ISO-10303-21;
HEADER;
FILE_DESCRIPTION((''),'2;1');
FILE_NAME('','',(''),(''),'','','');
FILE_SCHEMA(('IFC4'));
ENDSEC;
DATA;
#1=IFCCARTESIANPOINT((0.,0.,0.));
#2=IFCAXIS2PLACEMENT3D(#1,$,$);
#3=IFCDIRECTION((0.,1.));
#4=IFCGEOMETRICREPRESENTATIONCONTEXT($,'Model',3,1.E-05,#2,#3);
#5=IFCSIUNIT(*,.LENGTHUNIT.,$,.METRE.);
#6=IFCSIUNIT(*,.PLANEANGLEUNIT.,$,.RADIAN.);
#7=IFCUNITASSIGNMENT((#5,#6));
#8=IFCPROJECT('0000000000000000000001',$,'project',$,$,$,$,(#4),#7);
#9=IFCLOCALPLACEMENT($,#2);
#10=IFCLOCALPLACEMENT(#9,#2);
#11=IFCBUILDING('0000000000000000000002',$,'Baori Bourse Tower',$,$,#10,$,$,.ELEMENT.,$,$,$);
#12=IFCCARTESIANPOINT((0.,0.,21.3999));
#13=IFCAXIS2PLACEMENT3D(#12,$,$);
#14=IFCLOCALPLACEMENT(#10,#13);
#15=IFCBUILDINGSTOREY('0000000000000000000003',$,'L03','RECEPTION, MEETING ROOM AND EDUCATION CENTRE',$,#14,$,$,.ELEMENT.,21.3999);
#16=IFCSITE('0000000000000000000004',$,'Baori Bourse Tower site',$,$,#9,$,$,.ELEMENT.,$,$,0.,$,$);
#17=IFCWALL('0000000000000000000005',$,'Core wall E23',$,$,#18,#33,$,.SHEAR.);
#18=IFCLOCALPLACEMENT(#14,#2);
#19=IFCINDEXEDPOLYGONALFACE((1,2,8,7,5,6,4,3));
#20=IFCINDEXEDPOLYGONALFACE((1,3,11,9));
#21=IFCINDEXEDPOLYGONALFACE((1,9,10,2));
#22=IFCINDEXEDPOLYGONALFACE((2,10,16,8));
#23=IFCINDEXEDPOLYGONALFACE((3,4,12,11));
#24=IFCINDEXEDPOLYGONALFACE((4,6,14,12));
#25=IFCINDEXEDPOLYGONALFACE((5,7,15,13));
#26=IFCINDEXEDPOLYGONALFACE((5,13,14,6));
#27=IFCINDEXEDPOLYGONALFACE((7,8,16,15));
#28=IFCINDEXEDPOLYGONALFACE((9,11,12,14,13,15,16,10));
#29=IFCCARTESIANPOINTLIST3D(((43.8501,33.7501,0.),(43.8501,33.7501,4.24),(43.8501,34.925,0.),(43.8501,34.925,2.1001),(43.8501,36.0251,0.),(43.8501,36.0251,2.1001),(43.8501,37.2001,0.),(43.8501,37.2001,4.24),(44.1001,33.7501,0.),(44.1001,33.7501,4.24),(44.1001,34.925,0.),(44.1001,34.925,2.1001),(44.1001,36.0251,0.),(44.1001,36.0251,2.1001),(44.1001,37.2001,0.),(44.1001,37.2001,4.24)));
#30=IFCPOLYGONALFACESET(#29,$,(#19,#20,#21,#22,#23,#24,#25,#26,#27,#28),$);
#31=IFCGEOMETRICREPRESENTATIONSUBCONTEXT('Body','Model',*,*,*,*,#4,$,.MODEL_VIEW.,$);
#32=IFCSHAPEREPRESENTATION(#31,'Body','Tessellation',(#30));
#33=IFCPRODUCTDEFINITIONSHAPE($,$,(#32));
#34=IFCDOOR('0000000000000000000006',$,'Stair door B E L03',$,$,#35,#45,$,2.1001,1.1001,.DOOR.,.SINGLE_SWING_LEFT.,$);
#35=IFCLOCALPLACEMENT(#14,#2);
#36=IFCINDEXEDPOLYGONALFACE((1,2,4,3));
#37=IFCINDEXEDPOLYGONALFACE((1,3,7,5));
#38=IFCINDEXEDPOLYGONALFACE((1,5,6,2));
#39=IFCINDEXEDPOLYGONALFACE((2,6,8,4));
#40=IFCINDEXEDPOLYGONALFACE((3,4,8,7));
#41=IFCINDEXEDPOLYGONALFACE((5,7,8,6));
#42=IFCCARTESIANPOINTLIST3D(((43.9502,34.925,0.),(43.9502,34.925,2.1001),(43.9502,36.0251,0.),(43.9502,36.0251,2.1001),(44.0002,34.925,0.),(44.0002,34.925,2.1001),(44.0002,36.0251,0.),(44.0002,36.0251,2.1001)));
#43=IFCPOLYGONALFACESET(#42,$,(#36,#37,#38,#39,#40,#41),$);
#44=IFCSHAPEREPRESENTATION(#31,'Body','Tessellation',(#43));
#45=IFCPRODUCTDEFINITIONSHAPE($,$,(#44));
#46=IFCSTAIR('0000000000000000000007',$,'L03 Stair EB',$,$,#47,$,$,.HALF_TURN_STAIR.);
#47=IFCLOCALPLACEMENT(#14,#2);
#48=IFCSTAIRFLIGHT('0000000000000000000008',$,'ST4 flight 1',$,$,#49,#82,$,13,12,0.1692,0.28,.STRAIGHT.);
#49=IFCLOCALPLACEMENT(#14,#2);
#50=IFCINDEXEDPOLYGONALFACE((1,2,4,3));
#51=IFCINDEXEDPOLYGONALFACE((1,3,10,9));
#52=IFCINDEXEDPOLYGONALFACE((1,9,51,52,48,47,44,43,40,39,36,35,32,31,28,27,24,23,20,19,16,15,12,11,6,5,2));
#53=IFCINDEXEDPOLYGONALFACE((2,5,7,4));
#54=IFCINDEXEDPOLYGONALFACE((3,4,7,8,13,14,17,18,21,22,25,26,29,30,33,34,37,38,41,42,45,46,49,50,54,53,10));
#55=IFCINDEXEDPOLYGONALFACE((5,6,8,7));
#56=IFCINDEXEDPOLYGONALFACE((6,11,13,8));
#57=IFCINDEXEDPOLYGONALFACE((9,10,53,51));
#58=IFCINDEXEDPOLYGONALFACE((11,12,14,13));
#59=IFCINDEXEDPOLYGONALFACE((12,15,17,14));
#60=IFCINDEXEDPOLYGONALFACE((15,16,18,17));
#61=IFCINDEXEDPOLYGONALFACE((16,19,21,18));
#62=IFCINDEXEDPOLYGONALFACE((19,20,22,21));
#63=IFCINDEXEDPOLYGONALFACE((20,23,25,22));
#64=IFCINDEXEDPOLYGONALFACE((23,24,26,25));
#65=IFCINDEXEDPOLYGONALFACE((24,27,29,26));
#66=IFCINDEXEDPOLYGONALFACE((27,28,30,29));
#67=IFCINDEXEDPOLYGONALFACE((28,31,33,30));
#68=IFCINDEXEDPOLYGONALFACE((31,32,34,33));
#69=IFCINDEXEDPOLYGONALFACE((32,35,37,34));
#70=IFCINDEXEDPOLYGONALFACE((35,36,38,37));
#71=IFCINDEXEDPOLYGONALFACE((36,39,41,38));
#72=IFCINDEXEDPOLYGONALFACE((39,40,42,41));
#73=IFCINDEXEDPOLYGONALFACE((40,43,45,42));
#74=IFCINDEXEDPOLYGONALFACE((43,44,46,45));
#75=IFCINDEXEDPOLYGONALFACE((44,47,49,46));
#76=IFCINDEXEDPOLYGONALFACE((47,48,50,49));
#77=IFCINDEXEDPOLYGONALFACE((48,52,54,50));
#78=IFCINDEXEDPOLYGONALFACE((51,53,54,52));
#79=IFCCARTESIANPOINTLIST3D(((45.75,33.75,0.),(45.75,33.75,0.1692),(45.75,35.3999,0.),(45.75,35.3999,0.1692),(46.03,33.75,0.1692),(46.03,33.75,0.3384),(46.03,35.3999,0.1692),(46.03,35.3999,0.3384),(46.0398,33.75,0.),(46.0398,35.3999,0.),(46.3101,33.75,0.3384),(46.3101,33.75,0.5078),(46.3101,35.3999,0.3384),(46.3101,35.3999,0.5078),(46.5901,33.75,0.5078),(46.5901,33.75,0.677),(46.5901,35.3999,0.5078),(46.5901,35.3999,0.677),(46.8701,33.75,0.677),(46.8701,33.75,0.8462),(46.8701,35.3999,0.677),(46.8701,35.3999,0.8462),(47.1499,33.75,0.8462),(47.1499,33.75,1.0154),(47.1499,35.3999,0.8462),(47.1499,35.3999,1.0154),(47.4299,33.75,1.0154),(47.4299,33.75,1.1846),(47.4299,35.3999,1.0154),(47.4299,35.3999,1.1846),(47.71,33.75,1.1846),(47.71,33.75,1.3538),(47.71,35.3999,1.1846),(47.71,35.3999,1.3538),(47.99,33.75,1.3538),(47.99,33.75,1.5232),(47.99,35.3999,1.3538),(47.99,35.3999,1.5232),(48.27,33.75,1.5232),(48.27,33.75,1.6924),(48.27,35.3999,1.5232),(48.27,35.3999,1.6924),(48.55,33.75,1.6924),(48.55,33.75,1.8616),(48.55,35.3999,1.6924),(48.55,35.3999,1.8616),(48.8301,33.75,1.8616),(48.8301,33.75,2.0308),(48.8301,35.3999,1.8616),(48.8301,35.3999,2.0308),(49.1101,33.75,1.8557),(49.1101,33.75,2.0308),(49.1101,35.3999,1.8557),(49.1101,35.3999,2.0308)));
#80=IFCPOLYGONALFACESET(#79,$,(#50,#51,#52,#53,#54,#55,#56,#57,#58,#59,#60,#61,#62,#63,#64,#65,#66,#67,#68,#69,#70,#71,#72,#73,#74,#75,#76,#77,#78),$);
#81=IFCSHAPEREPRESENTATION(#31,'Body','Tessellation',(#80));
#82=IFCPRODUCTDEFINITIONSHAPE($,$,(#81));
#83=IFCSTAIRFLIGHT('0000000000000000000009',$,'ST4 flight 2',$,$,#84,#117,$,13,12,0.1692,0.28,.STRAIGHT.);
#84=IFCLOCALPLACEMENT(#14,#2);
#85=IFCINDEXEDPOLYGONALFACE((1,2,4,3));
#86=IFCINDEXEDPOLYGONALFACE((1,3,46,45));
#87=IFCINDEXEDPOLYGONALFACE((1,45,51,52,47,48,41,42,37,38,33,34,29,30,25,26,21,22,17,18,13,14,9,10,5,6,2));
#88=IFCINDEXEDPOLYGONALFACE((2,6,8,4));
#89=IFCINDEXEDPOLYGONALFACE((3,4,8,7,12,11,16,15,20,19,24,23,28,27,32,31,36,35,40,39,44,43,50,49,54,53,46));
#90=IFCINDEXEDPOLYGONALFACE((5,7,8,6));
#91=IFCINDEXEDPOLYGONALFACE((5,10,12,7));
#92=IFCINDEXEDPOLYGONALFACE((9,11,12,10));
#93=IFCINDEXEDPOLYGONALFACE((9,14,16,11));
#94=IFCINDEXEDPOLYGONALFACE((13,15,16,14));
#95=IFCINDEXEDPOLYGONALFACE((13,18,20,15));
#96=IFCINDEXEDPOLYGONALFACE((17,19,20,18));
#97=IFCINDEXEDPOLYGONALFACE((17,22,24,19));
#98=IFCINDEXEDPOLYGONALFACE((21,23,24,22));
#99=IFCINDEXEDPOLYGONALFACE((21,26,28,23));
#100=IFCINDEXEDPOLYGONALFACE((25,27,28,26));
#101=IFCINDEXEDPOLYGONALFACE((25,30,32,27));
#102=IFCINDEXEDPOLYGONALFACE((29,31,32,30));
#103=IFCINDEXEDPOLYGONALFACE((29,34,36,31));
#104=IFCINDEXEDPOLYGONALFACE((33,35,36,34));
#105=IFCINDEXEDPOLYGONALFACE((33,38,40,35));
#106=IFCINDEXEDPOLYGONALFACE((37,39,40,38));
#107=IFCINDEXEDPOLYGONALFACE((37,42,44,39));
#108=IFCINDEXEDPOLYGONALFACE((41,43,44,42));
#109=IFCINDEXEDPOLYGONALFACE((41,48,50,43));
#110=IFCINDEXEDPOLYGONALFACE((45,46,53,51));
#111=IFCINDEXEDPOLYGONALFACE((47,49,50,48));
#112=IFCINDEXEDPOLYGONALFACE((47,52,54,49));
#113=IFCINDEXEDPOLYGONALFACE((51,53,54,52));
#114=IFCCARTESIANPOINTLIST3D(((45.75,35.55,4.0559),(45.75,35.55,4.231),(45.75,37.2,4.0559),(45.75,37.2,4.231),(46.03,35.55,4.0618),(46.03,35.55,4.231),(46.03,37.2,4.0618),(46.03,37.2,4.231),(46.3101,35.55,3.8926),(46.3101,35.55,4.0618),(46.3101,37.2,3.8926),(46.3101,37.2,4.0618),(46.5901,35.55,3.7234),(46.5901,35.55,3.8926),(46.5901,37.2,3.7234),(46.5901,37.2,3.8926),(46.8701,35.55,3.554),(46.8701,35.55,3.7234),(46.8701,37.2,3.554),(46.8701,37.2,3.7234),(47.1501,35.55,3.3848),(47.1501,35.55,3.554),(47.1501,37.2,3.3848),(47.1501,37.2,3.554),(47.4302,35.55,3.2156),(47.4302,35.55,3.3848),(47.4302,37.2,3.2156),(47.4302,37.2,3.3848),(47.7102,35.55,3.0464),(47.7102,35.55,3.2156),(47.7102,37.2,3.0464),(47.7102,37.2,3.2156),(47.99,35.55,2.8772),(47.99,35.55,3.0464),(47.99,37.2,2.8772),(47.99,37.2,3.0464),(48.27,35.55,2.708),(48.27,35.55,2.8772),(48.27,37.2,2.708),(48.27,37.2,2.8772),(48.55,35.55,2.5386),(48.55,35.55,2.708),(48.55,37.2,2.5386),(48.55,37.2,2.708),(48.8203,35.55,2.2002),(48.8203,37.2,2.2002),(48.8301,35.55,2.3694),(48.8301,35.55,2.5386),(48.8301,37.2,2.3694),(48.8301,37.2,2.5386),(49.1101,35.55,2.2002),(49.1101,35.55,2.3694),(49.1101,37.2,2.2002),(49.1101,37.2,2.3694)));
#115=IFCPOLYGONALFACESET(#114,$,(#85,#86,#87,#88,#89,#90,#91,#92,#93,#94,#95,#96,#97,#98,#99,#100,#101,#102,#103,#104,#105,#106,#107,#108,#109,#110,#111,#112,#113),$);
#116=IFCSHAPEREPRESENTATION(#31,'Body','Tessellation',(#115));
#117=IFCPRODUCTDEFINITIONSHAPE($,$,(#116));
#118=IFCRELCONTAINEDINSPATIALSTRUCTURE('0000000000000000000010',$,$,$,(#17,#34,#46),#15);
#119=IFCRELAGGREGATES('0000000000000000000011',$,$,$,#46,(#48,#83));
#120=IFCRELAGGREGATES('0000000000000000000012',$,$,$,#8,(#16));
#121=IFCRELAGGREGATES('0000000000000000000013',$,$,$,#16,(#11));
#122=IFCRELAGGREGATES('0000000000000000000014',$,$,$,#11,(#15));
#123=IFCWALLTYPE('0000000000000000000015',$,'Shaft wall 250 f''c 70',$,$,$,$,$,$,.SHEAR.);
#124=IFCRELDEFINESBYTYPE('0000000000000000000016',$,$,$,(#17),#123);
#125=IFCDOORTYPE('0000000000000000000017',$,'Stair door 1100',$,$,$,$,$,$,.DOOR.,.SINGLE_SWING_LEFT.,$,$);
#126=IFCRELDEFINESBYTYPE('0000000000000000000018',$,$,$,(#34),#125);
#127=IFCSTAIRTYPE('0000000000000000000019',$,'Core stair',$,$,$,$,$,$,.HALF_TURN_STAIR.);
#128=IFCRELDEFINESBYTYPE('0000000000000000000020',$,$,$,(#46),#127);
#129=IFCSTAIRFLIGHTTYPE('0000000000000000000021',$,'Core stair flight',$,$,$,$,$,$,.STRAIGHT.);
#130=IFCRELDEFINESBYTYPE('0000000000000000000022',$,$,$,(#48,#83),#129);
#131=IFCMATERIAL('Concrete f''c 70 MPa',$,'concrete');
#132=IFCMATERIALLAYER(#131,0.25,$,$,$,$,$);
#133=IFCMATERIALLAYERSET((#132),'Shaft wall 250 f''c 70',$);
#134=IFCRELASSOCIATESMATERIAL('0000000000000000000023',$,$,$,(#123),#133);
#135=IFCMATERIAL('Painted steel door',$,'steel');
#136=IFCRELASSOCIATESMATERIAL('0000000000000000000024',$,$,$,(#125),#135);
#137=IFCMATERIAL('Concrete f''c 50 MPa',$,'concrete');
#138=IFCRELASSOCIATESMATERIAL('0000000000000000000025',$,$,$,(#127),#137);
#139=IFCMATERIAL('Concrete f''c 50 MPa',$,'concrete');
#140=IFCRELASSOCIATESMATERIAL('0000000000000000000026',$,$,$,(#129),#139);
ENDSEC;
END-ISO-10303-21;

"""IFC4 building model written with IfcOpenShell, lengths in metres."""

from ifc_helpers import new_model, si_unit, direction, frame, frame_2d, origin, place, context, subcontext, project, spatial, polyline, rectangle, outline, extrude, material, layer, layer_set, type_object, element, fill, aggregate, save


model = new_model("IFC4")

# Units and contexts
model_context = context("Model", 3, precision=1e-05, world=origin(), true_north=direction((0.0, 1.0)))
body_context = subcontext(model_context, "Body", "Model", "MODEL_VIEW")
ifc_project = project(units=[si_unit("LENGTHUNIT", "METRE"), si_unit("PLANEANGLEUNIT", "RADIAN")], contexts=[model_context])

# Site, building, storey
site_placement = place(None, origin())
site = spatial("IfcSite", under=ifc_project, at=site_placement, Name="Baori Bourse Tower site", CompositionType="ELEMENT", RefElevation=0.0)
building_placement = place(site_placement, origin())
building = spatial("IfcBuilding", under=site, at=building_placement, Name="Baori Bourse Tower", CompositionType="ELEMENT")
storey_placement = place(building_placement, frame((0.0, 0.0, 21.3999)))
storey = spatial("IfcBuildingStorey", under=building, at=storey_placement, Name="L03", Description="RECEPTION, MEETING ROOM AND EDUCATION CENTRE", CompositionType="ELEMENT", Elevation=21.3999)

# Wall, opening, door
ifc_material_1 = material(Name="Concrete f'c 70 MPa", Category="concrete")
ifc_layer_1 = layer(ifc_material_1, 0.25)
ifc_layer_set_1 = layer_set([ifc_layer_1], Name="Shaft wall 250 f'c 70")
wall_type_1 = type_object("IfcWallType", Name="Shaft wall 250 f'c 70", PredefinedType="SHEAR", material=ifc_layer_set_1)
wall_1_placement = place(storey_placement, frame((43.9751, 33.75, 0.0), z_axis=(0.0, 0.0, 1.0), x_axis=(0.0, 1.0, 0.0)))
wall_1 = element("IfcWall", 1, at=wall_1_placement, inside=storey, type_object=wall_type_1, Name="Core wall E23", PredefinedType="SHEAR", context=body_context, shape_type="SweptSolid", body=[
    extrude(rectangle(XDim=3.45, YDim=0.25, at=frame_2d((1.7251, 0.0))), origin(), (0.0, 0.0, 1.0), 4.24),
])
opening_1_placement = place(wall_1_placement, frame((1.175, 0.0, 0.0)))
opening_1 = element("IfcOpeningElement", 2, at=opening_1_placement, cuts=wall_1, PredefinedType="OPENING", context=body_context, shape_type="SweptSolid", body=[
    extrude(rectangle(XDim=1.1001, YDim=2.1001, at=frame_2d((0.55, 1.05))), frame((0.0, 0.135, 0.0), z_axis=(0.0, -1.0, 0.0), x_axis=(1.0, 0.0, 0.0)), (0.0, 0.0, 1.0), 0.27),
])
ifc_material_2 = material(Name="Painted steel door", Category="steel")
door_type_1 = type_object("IfcDoorType", Name="Stair door 1100", OperationType="SINGLE_SWING_LEFT", PredefinedType="DOOR", material=ifc_material_2)
door_1_placement = place(opening_1_placement, origin())
door_1 = element("IfcDoor", 3, at=door_1_placement, inside=storey, type_object=door_type_1, Name="Stair door B E L03", OperationType="SINGLE_SWING_LEFT", OverallHeight=2.1001, OverallWidth=1.1001, PredefinedType="DOOR", context=body_context, shape_type="SweptSolid", body=[
    extrude(rectangle(XDim=1.1001, YDim=2.1001, at=frame_2d((0.55, 1.05))), frame((0.0, 0.0249, 0.0), z_axis=(0.0, -1.0, 0.0), x_axis=(1.0, 0.0, 0.0)), (0.0, 0.0, 1.0), 0.05),
])
fill(opening_1, door_1)

# Stair, stair flights
ifc_material_3 = material(Name="Concrete f'c 50 MPa", Category="concrete")
stair_type = type_object("IfcStairType", Name="Core stair", PredefinedType="HALF_TURN_STAIR", material=ifc_material_3)
stair_placement = place(storey_placement, origin())
stair = element("IfcStair", 4, at=stair_placement, inside=storey, type_object=stair_type, Name="L03 Stair EB", PredefinedType="HALF_TURN_STAIR")
ifc_material_4 = material(Name="Concrete f'c 50 MPa", Category="concrete")
stair_flight_type = type_object("IfcStairFlightType", Name="Core stair flight", PredefinedType="STRAIGHT", material=ifc_material_4)
stair_flight_1_placement = place(storey_placement, frame((45.75, 34.575, 0.0), z_axis=(0.0, 0.0, 1.0), x_axis=(1.0, 0.0, 0.0)))
stair_flight_1 = element("IfcStairFlight", 5, at=stair_flight_1_placement, type_object=stair_flight_type, Name="ST4 flight 1", NumberOfRisers=13, NumberOfTreads=12, PredefinedType="STRAIGHT", RiserHeight=0.1692, TreadLength=0.28, context=body_context, shape_type="SweptSolid", body=[
    extrude(outline(polyline([(0.0, 0.0), (0.0, 0.1692), (0.28, 0.1692), (0.28, 0.3384), (0.5601, 0.3384), (0.5601, 0.5078), (0.8401, 0.5078), (0.8401, 0.677), (1.1201, 0.677), (1.1201, 0.8462), (1.3999, 0.8462), (1.3999, 1.0154), (1.6799, 1.0154), (1.6799, 1.1846), (1.96, 1.1846), (1.96, 1.3538), (2.24, 1.3538), (2.24, 1.5232), (2.52, 1.5232), (2.52, 1.6924), (2.8, 1.6924), (2.8, 1.8616), (3.0801, 1.8616), (3.0801, 2.0308), (3.3601, 2.0308), (3.3601, 2.2), (3.3601, 1.8557), (0.2898, 0.0), (0.0, 0.0)])), frame((0.0, 0.825, 0.0), z_axis=(0.0, -1.0, 0.0), x_axis=(1.0, 0.0, 0.0)), (0.0, 0.0, 1.0), 1.6499),
])
stair_flight_2_placement = place(storey_placement, frame((49.1101, 36.375, 2.2002), z_axis=(0.0, 0.0, 1.0), x_axis=(-1.0, 0.0, 0.0)))
stair_flight_2 = element("IfcStairFlight", 6, at=stair_flight_2_placement, type_object=stair_flight_type, Name="ST4 flight 2", NumberOfRisers=13, NumberOfTreads=12, PredefinedType="STRAIGHT", RiserHeight=0.1692, TreadLength=0.28, context=body_context, shape_type="SweptSolid", body=[
    extrude(outline(polyline([(0.0, 0.0), (0.0, 0.1692), (0.28, 0.1692), (0.28, 0.3384), (0.5601, 0.3384), (0.5601, 0.5078), (0.8401, 0.5078), (0.8401, 0.677), (1.1201, 0.677), (1.1201, 0.8462), (1.3999, 0.8462), (1.3999, 1.0154), (1.6799, 1.0154), (1.6799, 1.1846), (1.96, 1.1846), (1.96, 1.3538), (2.24, 1.3538), (2.24, 1.5232), (2.52, 1.5232), (2.52, 1.6924), (2.8, 1.6924), (2.8, 1.8616), (3.0801, 1.8616), (3.0801, 2.0308), (3.3601, 2.0308), (3.3601, 2.2), (3.3601, 1.8557), (0.2898, 0.0), (0.0, 0.0)])), frame((0.0, 0.825, 0.0), z_axis=(0.0, -1.0, 0.0), x_axis=(1.0, 0.0, 0.0)), (0.0, 0.0, 1.0), 1.6499),
])
aggregate(stair, [stair_flight_1, stair_flight_2])

save(model, "model.ifc")
